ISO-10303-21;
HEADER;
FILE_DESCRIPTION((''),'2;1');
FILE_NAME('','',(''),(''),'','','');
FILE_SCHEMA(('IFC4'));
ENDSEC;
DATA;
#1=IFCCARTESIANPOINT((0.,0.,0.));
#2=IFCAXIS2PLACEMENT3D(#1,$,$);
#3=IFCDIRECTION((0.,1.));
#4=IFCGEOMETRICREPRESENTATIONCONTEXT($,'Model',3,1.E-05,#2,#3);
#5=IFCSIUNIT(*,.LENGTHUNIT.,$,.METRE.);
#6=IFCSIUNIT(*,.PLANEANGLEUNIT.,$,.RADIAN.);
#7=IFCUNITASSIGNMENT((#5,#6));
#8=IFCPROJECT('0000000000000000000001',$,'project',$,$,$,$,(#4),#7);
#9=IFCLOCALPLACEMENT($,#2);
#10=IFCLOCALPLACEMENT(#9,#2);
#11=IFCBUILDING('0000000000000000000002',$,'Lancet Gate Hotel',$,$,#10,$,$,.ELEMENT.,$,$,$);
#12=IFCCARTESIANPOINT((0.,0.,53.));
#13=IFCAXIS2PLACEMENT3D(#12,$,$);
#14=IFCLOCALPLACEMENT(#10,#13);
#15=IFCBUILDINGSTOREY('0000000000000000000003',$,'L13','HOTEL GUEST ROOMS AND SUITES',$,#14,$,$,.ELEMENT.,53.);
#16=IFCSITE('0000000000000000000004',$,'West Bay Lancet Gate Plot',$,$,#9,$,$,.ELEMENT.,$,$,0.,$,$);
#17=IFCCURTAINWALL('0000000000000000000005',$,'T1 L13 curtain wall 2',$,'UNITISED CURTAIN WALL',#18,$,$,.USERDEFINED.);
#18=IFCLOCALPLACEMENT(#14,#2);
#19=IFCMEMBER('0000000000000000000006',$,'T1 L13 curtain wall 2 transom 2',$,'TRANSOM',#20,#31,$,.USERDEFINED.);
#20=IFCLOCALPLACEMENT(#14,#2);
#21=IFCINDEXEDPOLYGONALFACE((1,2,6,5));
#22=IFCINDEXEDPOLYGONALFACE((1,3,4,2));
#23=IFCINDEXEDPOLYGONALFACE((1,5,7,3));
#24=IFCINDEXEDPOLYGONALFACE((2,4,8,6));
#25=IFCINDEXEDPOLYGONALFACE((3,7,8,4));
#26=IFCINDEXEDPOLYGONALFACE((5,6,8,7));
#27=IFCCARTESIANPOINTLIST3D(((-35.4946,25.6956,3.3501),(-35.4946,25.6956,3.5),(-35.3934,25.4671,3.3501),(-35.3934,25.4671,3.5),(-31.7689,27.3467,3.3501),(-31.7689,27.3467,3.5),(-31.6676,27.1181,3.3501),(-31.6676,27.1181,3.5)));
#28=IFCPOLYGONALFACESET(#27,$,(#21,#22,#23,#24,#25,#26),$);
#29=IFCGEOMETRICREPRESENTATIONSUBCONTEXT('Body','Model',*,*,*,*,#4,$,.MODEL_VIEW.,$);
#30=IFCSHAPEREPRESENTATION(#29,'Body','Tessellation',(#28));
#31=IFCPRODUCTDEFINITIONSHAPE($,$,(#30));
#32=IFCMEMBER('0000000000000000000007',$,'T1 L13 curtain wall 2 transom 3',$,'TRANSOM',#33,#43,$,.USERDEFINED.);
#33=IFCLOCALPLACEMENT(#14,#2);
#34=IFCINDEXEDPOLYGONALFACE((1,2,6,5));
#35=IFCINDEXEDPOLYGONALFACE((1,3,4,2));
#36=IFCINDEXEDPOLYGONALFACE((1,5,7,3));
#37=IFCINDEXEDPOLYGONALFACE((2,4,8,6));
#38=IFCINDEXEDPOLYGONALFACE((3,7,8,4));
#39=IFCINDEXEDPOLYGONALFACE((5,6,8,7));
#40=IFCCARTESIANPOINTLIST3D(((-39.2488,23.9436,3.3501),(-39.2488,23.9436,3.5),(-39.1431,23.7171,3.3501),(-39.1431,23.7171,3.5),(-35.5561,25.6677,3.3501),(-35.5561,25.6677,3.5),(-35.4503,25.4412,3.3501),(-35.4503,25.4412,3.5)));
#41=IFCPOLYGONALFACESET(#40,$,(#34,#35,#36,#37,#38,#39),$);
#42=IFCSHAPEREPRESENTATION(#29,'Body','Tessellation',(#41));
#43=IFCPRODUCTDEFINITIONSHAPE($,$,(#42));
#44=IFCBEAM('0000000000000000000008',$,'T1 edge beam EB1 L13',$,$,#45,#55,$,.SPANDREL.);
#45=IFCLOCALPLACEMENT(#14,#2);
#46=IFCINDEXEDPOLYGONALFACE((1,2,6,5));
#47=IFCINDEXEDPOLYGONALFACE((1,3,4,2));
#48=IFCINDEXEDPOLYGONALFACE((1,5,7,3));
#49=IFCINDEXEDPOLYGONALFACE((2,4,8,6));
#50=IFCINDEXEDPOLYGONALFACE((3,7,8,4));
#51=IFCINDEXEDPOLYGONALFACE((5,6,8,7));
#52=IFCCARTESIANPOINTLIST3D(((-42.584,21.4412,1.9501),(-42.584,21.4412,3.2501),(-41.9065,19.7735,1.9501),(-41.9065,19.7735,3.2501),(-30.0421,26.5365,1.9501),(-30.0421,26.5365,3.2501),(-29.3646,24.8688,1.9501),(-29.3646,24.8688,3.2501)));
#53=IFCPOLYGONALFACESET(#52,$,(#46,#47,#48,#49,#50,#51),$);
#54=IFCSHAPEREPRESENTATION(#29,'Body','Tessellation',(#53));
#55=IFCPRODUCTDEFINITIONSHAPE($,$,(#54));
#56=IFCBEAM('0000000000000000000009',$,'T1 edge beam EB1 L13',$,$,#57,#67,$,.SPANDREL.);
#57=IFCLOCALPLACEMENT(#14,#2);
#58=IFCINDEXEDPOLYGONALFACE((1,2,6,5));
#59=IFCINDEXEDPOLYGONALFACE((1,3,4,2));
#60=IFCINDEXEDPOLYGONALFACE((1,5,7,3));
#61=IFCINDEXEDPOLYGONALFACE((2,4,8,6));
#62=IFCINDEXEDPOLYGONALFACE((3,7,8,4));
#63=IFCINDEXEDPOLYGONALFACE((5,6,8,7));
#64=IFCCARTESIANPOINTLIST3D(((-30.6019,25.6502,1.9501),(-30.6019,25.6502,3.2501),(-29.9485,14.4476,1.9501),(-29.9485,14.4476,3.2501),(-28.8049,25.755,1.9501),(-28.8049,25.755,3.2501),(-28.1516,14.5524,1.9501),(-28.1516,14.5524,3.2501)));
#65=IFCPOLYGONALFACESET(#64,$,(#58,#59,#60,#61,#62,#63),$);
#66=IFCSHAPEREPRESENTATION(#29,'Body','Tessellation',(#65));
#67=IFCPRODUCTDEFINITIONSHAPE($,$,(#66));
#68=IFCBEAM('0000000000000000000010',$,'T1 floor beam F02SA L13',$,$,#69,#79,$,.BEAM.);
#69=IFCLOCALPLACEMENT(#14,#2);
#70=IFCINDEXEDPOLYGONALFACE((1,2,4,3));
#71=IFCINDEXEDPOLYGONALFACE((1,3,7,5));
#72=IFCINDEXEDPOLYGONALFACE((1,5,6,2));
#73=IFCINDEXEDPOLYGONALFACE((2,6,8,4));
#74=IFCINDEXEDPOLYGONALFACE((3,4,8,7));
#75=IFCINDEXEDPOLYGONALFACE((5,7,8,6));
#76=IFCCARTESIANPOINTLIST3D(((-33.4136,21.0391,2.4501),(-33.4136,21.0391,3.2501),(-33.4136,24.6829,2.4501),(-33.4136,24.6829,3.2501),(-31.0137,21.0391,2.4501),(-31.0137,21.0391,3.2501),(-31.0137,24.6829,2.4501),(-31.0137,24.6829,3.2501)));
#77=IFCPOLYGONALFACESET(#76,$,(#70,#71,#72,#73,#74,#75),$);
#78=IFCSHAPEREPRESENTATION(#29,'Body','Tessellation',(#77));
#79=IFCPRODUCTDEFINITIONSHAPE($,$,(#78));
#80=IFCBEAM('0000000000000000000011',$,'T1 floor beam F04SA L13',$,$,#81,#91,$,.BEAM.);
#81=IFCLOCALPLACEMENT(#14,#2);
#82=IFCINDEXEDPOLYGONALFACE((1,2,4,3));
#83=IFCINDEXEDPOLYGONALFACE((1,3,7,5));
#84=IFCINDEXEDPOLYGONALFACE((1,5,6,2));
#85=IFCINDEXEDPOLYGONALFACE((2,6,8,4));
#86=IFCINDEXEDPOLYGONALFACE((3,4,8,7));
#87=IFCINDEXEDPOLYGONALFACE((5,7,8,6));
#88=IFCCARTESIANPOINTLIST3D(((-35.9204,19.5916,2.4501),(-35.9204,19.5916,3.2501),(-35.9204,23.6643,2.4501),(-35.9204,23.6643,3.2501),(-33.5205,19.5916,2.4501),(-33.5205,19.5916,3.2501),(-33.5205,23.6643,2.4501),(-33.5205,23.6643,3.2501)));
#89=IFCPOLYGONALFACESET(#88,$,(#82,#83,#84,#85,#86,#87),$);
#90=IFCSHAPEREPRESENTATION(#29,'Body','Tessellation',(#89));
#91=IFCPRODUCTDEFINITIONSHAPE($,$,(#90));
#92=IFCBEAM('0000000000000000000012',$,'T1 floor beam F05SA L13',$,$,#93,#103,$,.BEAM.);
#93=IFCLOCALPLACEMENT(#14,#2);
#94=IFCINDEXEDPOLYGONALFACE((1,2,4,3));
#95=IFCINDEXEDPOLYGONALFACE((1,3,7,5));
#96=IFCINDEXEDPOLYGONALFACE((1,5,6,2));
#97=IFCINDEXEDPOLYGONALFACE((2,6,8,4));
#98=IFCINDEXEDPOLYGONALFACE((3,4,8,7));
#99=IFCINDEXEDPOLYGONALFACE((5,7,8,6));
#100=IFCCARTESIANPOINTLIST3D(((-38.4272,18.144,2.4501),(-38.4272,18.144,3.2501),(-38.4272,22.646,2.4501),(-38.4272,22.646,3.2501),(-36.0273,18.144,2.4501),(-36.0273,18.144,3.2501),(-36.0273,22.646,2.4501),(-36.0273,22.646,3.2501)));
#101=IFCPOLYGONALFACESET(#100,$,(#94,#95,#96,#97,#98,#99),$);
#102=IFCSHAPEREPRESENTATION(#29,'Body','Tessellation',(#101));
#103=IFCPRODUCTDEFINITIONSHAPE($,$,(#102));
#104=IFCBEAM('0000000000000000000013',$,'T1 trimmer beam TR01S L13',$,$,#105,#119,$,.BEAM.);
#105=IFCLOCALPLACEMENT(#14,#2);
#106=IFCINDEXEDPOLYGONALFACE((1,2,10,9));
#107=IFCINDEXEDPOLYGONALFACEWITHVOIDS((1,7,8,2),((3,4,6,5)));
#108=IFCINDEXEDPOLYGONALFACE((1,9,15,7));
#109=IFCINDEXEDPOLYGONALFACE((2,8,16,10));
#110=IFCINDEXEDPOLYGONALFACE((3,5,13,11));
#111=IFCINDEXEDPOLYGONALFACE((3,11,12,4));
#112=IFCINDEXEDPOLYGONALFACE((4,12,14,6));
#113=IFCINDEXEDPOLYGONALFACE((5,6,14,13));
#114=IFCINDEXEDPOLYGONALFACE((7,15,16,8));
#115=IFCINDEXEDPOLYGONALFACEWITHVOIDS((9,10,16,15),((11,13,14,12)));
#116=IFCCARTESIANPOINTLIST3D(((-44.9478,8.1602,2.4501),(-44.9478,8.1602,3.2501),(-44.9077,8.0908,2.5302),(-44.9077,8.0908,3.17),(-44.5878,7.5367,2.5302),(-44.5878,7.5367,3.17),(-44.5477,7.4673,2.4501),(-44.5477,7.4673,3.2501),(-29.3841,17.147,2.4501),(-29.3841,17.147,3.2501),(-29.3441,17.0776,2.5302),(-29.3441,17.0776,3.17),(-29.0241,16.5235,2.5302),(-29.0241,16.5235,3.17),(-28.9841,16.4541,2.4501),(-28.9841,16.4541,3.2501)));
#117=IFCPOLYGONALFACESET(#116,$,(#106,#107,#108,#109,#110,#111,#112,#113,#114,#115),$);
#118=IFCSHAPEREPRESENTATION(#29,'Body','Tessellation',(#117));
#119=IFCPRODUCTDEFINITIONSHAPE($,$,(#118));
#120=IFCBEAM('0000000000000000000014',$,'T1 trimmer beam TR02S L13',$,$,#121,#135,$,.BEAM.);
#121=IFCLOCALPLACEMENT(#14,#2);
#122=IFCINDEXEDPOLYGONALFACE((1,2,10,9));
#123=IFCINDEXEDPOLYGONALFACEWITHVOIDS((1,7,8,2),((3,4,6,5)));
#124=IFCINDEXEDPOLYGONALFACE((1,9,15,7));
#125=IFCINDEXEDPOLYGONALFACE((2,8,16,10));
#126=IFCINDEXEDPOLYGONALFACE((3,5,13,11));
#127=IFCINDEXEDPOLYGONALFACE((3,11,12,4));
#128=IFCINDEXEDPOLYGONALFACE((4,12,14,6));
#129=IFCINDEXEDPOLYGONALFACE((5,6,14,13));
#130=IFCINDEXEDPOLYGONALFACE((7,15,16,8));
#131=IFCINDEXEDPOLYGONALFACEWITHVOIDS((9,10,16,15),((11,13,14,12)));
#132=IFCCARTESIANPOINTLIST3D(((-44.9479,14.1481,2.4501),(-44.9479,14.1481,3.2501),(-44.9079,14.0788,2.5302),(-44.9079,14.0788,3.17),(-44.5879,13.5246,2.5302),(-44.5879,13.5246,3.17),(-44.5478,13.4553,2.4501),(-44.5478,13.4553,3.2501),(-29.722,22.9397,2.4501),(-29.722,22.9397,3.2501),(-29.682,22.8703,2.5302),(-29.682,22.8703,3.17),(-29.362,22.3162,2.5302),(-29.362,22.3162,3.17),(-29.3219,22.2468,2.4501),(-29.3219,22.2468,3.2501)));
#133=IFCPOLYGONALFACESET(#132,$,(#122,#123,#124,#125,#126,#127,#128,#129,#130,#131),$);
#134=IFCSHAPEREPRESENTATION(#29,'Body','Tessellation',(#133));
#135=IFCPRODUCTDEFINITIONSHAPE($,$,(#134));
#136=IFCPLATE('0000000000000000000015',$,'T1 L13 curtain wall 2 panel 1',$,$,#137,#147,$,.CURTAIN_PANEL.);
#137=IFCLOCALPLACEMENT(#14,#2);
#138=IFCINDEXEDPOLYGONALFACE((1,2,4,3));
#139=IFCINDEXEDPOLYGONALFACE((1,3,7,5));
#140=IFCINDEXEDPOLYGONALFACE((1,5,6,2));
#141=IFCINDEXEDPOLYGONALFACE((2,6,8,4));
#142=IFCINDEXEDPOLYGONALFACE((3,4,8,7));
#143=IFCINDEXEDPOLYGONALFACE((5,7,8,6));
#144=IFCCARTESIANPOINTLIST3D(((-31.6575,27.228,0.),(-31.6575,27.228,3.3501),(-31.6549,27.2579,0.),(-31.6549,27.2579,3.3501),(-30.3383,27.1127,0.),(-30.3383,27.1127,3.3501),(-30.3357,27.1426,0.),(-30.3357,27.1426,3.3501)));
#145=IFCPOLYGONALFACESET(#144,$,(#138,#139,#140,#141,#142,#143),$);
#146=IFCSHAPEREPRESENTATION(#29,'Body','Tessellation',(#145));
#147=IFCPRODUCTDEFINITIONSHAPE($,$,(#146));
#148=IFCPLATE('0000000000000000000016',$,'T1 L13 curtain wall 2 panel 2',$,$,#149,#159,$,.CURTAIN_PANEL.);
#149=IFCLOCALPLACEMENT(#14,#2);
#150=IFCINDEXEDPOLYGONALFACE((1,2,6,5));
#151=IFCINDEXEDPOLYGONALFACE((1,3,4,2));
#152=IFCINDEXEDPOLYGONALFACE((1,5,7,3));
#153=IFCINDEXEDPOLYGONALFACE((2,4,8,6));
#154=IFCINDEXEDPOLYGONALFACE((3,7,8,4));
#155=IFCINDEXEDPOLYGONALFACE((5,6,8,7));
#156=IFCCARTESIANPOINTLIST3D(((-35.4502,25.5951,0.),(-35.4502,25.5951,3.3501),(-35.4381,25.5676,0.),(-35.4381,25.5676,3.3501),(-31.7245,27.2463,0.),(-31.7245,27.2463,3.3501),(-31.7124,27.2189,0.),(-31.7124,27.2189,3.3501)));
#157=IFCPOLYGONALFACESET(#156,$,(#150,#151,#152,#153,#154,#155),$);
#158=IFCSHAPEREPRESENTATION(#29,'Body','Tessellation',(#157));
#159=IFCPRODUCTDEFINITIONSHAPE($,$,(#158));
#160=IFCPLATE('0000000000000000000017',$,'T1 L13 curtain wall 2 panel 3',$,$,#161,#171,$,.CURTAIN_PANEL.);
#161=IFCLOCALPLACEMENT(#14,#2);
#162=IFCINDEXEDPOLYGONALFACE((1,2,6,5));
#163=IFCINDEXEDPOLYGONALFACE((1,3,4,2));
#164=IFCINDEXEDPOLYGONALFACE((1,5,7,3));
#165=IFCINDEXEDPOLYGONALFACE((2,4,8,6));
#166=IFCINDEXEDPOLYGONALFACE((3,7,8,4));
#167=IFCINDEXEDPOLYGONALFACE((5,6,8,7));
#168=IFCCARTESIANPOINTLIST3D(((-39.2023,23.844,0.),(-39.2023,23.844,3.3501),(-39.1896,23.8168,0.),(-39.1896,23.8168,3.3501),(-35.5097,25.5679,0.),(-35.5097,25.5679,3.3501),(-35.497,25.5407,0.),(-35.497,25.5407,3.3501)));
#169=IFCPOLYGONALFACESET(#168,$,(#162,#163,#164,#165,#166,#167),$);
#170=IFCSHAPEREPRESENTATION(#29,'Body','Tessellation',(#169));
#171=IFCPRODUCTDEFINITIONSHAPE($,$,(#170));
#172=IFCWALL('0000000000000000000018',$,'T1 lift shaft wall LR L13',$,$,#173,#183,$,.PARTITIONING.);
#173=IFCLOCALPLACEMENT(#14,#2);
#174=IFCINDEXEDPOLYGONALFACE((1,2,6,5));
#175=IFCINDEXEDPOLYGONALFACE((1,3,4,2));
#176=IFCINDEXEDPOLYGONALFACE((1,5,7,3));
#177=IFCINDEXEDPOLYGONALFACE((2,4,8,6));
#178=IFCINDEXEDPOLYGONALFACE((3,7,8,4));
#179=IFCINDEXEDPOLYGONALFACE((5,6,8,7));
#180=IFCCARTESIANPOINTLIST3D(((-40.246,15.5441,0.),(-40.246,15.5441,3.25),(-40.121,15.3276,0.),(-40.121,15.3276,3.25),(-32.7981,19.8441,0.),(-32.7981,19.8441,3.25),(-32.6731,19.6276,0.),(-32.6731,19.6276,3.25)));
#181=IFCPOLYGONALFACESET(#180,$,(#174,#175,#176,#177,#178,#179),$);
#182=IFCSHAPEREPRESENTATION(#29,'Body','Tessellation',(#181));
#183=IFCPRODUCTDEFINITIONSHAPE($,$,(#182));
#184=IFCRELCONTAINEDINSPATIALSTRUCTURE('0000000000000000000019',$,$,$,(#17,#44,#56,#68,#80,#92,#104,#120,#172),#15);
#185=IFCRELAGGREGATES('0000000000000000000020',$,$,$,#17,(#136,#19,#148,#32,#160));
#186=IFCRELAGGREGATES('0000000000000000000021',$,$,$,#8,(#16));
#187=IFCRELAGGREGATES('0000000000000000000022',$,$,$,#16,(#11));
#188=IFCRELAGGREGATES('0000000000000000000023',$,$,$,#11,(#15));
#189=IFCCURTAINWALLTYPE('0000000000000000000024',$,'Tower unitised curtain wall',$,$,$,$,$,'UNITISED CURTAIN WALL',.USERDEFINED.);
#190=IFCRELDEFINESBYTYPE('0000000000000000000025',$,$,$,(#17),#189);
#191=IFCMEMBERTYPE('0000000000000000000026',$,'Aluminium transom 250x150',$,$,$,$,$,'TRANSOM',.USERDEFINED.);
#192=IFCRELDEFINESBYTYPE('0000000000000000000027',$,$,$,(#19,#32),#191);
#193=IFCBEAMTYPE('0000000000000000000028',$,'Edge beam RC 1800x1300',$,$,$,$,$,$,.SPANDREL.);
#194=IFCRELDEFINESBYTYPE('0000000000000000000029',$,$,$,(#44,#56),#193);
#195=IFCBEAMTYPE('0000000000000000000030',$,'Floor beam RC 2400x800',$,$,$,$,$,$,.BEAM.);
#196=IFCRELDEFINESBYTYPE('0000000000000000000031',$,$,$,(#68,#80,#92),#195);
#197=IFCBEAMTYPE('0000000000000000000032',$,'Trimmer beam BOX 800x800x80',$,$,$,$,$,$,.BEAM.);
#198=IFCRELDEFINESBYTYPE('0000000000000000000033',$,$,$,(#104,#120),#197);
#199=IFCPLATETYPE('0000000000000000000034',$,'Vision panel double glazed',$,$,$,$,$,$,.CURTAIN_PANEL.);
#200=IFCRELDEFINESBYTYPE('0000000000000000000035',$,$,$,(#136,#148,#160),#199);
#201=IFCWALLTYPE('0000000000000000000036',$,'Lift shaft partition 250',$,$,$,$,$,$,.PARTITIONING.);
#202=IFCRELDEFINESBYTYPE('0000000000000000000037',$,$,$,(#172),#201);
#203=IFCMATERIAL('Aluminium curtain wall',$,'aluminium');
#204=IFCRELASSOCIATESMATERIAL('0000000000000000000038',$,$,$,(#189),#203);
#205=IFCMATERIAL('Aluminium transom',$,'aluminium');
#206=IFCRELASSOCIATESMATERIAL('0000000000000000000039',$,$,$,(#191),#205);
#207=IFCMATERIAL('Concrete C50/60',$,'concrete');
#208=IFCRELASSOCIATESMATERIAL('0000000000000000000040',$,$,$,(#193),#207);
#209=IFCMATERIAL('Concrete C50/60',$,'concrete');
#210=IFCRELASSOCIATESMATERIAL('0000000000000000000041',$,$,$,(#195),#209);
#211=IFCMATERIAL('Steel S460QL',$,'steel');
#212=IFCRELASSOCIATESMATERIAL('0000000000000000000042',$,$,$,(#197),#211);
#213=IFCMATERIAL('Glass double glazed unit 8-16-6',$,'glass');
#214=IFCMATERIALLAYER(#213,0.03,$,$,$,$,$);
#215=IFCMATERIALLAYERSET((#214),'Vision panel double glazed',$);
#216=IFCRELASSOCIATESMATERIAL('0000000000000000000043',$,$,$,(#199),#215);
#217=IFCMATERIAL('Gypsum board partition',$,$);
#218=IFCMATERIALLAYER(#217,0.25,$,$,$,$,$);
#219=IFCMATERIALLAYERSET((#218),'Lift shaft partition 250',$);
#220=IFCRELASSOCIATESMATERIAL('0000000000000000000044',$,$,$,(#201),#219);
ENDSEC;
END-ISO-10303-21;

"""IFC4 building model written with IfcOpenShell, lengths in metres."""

from ifc_helpers import new_model, si_unit, direction, frame, frame_2d, origin, origin_2d, place, context, subcontext, project, spatial, rectangle, hollow_rectangle, extrude, material, layer, layer_set, material_profile, profile_set, type_object, element, aggregate, save


model = new_model("IFC4")

# Units and contexts
model_context = context("Model", 3, precision=1e-05, world=origin(), true_north=direction((0.0, 1.0)))
body_context = subcontext(model_context, "Body", "Model", "MODEL_VIEW")
ifc_project = project(units=[si_unit("LENGTHUNIT", "METRE"), si_unit("PLANEANGLEUNIT", "RADIAN")], contexts=[model_context])

# Site, building, storey
site_placement = place(None, origin())
site = spatial("IfcSite", under=ifc_project, at=site_placement, Name="West Bay Lancet Gate Plot", CompositionType="ELEMENT", RefElevation=0.0)
building_placement = place(site_placement, origin())
building = spatial("IfcBuilding", under=site, at=building_placement, Name="Lancet Gate Hotel", CompositionType="ELEMENT")
storey_placement = place(building_placement, frame((0.0, 0.0, 53.0)))
storey = spatial("IfcBuildingStorey", under=building, at=storey_placement, Name="L13", Description="HOTEL GUEST ROOMS AND SUITES", CompositionType="ELEMENT", Elevation=53.0)

# Curtain wall, members
ifc_material_1 = material(Name="Aluminium curtain wall", Category="aluminium")
curtain_wall_type = type_object("IfcCurtainWallType", Name="Tower unitised curtain wall", ElementType="UNITISED CURTAIN WALL", PredefinedType="USERDEFINED", material=ifc_material_1)
curtain_wall_placement = place(storey_placement, origin())
curtain_wall = element("IfcCurtainWall", 1, at=curtain_wall_placement, inside=storey, type_object=curtain_wall_type, Name="T1 L13 curtain wall 2", ObjectType="UNITISED CURTAIN WALL", PredefinedType="USERDEFINED")
ifc_material_2 = material(Name="Aluminium transom", Category="aluminium")
ifc_material_profile_1 = material_profile(ifc_material_2, rectangle(XDim=0.25, YDim=0.1499, at=origin_2d()), Name="TRANSOM 250x150")
ifc_profile_set_1 = profile_set([ifc_material_profile_1], Name="Aluminium transom")
member_type_1 = type_object("IfcMemberType", Name="Aluminium transom 250x150", ElementType="TRANSOM", PredefinedType="USERDEFINED", material=ifc_profile_set_1)
member_1_placement = place(storey_placement, frame((-31.7183, 27.2324, 3.425), z_axis=(-0.914248, -0.405154, 0.0), x_axis=(0.405154, -0.914248, 0.0)))
member_1 = element("IfcMember", 2, at=member_1_placement, type_object=member_type_1, Name="T1 L13 curtain wall 2 transom 2", ObjectType="TRANSOM", PredefinedType="USERDEFINED", context=body_context, shape_type="SweptSolid", body=[
    extrude(rectangle(XDim=0.25, YDim=0.1499, at=origin_2d()), origin(), (0.0, 0.0, 1.0), 4.0752),
])
member_2_placement = place(storey_placement, frame((-35.5032, 25.5544, 3.425), z_axis=(-0.90611, -0.423043, 0.0), x_axis=(0.423043, -0.90611, 0.0)))
member_2 = element("IfcMember", 3, at=member_2_placement, type_object=member_type_1, Name="T1 L13 curtain wall 2 transom 3", ObjectType="TRANSOM", PredefinedType="USERDEFINED", context=body_context, shape_type="SweptSolid", body=[
    extrude(rectangle(XDim=0.25, YDim=0.1499, at=origin_2d()), origin(), (0.0, 0.0, 1.0), 4.0754),
])

# Beams
ifc_material_3 = material(Name="Concrete C50/60", Category="concrete")
ifc_material_profile_2 = material_profile(ifc_material_3, rectangle(XDim=1.8, YDim=1.3, at=origin_2d()), Name="RC 1800x1300")
ifc_profile_set_2 = profile_set([ifc_material_profile_2], Name="Concrete C50/60")
beam_type_1 = type_object("IfcBeamType", Name="Edge beam RC 1800x1300", PredefinedType="SPANDREL", material=ifc_profile_set_2)
beam_1_placement = place(storey_placement, frame((-29.7034, 25.7026, 2.6001), z_axis=(-0.926463, -0.376385, 0.0), x_axis=(0.376385, -0.926463, 0.0)))
element("IfcBeam", 4, at=beam_1_placement, inside=storey, type_object=beam_type_1, Name="T1 edge beam EB1 L13", PredefinedType="SPANDREL", context=body_context, shape_type="SweptSolid", body=[
    extrude(rectangle(XDim=1.8, YDim=1.3, at=origin_2d()), origin(), (0.0, 0.0, 1.0), 13.5374),
])
beam_2_placement = place(storey_placement, frame((-29.7034, 25.7026, 2.6001), z_axis=(0.05822, -0.998304, 0.0), x_axis=(0.998304, 0.05822, 0.0)))
element("IfcBeam", 5, at=beam_2_placement, inside=storey, type_object=beam_type_1, Name="T1 edge beam EB1 L13", PredefinedType="SPANDREL", context=body_context, shape_type="SweptSolid", body=[
    extrude(rectangle(XDim=1.8, YDim=1.3, at=origin_2d()), origin(), (0.0, 0.0, 1.0), 11.2217),
])
ifc_material_4 = material(Name="Concrete C50/60", Category="concrete")
ifc_material_profile_3 = material_profile(ifc_material_4, rectangle(XDim=2.3999, YDim=0.8, at=origin_2d()), Name="RC 2400x800")
ifc_profile_set_3 = profile_set([ifc_material_profile_3], Name="Concrete C50/60")
beam_type_2 = type_object("IfcBeamType", Name="Floor beam RC 2400x800", PredefinedType="BEAM", material=ifc_profile_set_3)
beam_3_placement = place(storey_placement, frame((-32.2136, 24.6829, 2.8501), z_axis=(0.0, -1.0, 0.0), x_axis=(1.0, 0.0, 0.0)))
element("IfcBeam", 6, at=beam_3_placement, inside=storey, type_object=beam_type_2, Name="T1 floor beam F02SA L13", PredefinedType="BEAM", context=body_context, shape_type="SweptSolid", body=[
    extrude(rectangle(XDim=2.3999, YDim=0.8, at=origin_2d()), origin(), (0.0, 0.0, 1.0), 3.6438),
])
beam_4_placement = place(storey_placement, frame((-34.7205, 23.6643, 2.8501), z_axis=(0.0, -1.0, 0.0), x_axis=(1.0, 0.0, 0.0)))
element("IfcBeam", 7, at=beam_4_placement, inside=storey, type_object=beam_type_2, Name="T1 floor beam F04SA L13", PredefinedType="BEAM", context=body_context, shape_type="SweptSolid", body=[
    extrude(rectangle(XDim=2.3999, YDim=0.8, at=origin_2d()), origin(), (0.0, 0.0, 1.0), 4.0728),
])
beam_5_placement = place(storey_placement, frame((-37.2273, 22.646, 2.8501), z_axis=(0.0, -1.0, 0.0), x_axis=(1.0, 0.0, 0.0)))
element("IfcBeam", 8, at=beam_5_placement, inside=storey, type_object=beam_type_2, Name="T1 floor beam F05SA L13", PredefinedType="BEAM", context=body_context, shape_type="SweptSolid", body=[
    extrude(rectangle(XDim=2.3999, YDim=0.8, at=origin_2d()), origin(), (0.0, 0.0, 1.0), 4.502),
])
ifc_material_5 = material(Name="Steel S460QL", Category="steel")
ifc_material_profile_4 = material_profile(ifc_material_5, hollow_rectangle(XDim=0.8, YDim=0.8, WallThickness=0.0801, at=origin_2d()), Name="BOX 800x800x80")
ifc_profile_set_4 = profile_set([ifc_material_profile_4], Name="Steel S460QL")
beam_type_3 = type_object("IfcBeamType", Name="Trimmer beam BOX 800x800x80", PredefinedType="BEAM", material=ifc_profile_set_4)
beam_6_placement = place(storey_placement, frame((-29.1841, 16.8005, 2.8501), z_axis=(-0.865999, -0.500046, 0.0), x_axis=(0.500046, -0.865999, 0.0)))
element("IfcBeam", 9, at=beam_6_placement, inside=storey, type_object=beam_type_3, Name="T1 trimmer beam TR01S L13", PredefinedType="BEAM", context=body_context, shape_type="SweptSolid", body=[
    extrude(hollow_rectangle(XDim=0.8, YDim=0.8, WallThickness=0.0801, at=origin_2d()), origin(), (0.0, 0.0, 1.0), 17.9719),
])
beam_7_placement = place(storey_placement, frame((-29.522, 22.5933, 2.8501), z_axis=(-0.866004, -0.500037, 0.0), x_axis=(0.500037, -0.866004, 0.0)))
element("IfcBeam", 10, at=beam_7_placement, inside=storey, type_object=beam_type_3, Name="T1 trimmer beam TR02S L13", PredefinedType="BEAM", context=body_context, shape_type="SweptSolid", body=[
    extrude(hollow_rectangle(XDim=0.8, YDim=0.8, WallThickness=0.0801, at=origin_2d()), origin(), (0.0, 0.0, 1.0), 17.5818),
])

# Plates
ifc_material_6 = material(Name="Glass double glazed unit 8-16-6", Category="glass")
ifc_layer_1 = layer(ifc_material_6, 0.03)
ifc_layer_set_1 = layer_set([ifc_layer_1], Name="Vision panel double glazed")
plate_type = type_object("IfcPlateType", Name="Vision panel double glazed", PredefinedType="CURTAIN_PANEL", material=ifc_layer_set_1)
plate_1_placement = place(storey_placement, frame((-30.9966, 27.1853, 0.0), z_axis=(0.0, 0.0, 1.0), x_axis=(-0.996204, 0.087052, 0.0)))
plate_1 = element("IfcPlate", 11, at=plate_1_placement, type_object=plate_type, Name="T1 L13 curtain wall 2 panel 1", PredefinedType="CURTAIN_PANEL", context=body_context, shape_type="SweptSolid", body=[
    extrude(rectangle(XDim=1.3242, YDim=0.03, at=origin_2d()), origin(), (0.0, 0.0, 1.0), 3.3501),
])
plate_2_placement = place(storey_placement, frame((-33.5813, 26.407, 0.0), z_axis=(0.0, 0.0, 1.0), x_axis=(-0.914234, -0.405186, 0.0)))
plate_2 = element("IfcPlate", 12, at=plate_2_placement, type_object=plate_type, Name="T1 L13 curtain wall 2 panel 2", PredefinedType="CURTAIN_PANEL", context=body_context, shape_type="SweptSolid", body=[
    extrude(rectangle(XDim=4.0752, YDim=0.03, at=origin_2d()), origin(), (0.0, 0.0, 1.0), 3.3501),
])
plate_3_placement = place(storey_placement, frame((-37.3496, 24.6924, 0.0), z_axis=(0.0, 0.0, 1.0), x_axis=(-0.906118, -0.423026, 0.0)))
plate_3 = element("IfcPlate", 13, at=plate_3_placement, type_object=plate_type, Name="T1 L13 curtain wall 2 panel 3", PredefinedType="CURTAIN_PANEL", context=body_context, shape_type="SweptSolid", body=[
    extrude(rectangle(XDim=4.0752, YDim=0.03, at=origin_2d()), origin(), (0.0, 0.0, 1.0), 3.3501),
])
aggregate(curtain_wall, [plate_1, member_1, plate_2, member_2, plate_3])

# Wall
ifc_material_7 = material(Name="Gypsum board partition")
ifc_layer_2 = layer(ifc_material_7, 0.25)
ifc_layer_set_2 = layer_set([ifc_layer_2], Name="Lift shaft partition 250")
wall_type = type_object("IfcWallType", Name="Lift shaft partition 250", PredefinedType="PARTITIONING", material=ifc_layer_set_2)
wall_placement = place(storey_placement, frame((-32.7356, 19.7358, 0.0), z_axis=(0.0, 0.0, 1.0), x_axis=(-0.866028, -0.499995, 0.0)))
element("IfcWall", 14, at=wall_placement, inside=storey, type_object=wall_type, Name="T1 lift shaft wall LR L13", PredefinedType="PARTITIONING", context=body_context, shape_type="SweptSolid", body=[
    extrude(rectangle(XDim=8.6001, YDim=0.25, at=frame_2d((4.3, 0.0))), origin(), (0.0, 0.0, 1.0), 3.25),
])

save(model, "model.ifc")
